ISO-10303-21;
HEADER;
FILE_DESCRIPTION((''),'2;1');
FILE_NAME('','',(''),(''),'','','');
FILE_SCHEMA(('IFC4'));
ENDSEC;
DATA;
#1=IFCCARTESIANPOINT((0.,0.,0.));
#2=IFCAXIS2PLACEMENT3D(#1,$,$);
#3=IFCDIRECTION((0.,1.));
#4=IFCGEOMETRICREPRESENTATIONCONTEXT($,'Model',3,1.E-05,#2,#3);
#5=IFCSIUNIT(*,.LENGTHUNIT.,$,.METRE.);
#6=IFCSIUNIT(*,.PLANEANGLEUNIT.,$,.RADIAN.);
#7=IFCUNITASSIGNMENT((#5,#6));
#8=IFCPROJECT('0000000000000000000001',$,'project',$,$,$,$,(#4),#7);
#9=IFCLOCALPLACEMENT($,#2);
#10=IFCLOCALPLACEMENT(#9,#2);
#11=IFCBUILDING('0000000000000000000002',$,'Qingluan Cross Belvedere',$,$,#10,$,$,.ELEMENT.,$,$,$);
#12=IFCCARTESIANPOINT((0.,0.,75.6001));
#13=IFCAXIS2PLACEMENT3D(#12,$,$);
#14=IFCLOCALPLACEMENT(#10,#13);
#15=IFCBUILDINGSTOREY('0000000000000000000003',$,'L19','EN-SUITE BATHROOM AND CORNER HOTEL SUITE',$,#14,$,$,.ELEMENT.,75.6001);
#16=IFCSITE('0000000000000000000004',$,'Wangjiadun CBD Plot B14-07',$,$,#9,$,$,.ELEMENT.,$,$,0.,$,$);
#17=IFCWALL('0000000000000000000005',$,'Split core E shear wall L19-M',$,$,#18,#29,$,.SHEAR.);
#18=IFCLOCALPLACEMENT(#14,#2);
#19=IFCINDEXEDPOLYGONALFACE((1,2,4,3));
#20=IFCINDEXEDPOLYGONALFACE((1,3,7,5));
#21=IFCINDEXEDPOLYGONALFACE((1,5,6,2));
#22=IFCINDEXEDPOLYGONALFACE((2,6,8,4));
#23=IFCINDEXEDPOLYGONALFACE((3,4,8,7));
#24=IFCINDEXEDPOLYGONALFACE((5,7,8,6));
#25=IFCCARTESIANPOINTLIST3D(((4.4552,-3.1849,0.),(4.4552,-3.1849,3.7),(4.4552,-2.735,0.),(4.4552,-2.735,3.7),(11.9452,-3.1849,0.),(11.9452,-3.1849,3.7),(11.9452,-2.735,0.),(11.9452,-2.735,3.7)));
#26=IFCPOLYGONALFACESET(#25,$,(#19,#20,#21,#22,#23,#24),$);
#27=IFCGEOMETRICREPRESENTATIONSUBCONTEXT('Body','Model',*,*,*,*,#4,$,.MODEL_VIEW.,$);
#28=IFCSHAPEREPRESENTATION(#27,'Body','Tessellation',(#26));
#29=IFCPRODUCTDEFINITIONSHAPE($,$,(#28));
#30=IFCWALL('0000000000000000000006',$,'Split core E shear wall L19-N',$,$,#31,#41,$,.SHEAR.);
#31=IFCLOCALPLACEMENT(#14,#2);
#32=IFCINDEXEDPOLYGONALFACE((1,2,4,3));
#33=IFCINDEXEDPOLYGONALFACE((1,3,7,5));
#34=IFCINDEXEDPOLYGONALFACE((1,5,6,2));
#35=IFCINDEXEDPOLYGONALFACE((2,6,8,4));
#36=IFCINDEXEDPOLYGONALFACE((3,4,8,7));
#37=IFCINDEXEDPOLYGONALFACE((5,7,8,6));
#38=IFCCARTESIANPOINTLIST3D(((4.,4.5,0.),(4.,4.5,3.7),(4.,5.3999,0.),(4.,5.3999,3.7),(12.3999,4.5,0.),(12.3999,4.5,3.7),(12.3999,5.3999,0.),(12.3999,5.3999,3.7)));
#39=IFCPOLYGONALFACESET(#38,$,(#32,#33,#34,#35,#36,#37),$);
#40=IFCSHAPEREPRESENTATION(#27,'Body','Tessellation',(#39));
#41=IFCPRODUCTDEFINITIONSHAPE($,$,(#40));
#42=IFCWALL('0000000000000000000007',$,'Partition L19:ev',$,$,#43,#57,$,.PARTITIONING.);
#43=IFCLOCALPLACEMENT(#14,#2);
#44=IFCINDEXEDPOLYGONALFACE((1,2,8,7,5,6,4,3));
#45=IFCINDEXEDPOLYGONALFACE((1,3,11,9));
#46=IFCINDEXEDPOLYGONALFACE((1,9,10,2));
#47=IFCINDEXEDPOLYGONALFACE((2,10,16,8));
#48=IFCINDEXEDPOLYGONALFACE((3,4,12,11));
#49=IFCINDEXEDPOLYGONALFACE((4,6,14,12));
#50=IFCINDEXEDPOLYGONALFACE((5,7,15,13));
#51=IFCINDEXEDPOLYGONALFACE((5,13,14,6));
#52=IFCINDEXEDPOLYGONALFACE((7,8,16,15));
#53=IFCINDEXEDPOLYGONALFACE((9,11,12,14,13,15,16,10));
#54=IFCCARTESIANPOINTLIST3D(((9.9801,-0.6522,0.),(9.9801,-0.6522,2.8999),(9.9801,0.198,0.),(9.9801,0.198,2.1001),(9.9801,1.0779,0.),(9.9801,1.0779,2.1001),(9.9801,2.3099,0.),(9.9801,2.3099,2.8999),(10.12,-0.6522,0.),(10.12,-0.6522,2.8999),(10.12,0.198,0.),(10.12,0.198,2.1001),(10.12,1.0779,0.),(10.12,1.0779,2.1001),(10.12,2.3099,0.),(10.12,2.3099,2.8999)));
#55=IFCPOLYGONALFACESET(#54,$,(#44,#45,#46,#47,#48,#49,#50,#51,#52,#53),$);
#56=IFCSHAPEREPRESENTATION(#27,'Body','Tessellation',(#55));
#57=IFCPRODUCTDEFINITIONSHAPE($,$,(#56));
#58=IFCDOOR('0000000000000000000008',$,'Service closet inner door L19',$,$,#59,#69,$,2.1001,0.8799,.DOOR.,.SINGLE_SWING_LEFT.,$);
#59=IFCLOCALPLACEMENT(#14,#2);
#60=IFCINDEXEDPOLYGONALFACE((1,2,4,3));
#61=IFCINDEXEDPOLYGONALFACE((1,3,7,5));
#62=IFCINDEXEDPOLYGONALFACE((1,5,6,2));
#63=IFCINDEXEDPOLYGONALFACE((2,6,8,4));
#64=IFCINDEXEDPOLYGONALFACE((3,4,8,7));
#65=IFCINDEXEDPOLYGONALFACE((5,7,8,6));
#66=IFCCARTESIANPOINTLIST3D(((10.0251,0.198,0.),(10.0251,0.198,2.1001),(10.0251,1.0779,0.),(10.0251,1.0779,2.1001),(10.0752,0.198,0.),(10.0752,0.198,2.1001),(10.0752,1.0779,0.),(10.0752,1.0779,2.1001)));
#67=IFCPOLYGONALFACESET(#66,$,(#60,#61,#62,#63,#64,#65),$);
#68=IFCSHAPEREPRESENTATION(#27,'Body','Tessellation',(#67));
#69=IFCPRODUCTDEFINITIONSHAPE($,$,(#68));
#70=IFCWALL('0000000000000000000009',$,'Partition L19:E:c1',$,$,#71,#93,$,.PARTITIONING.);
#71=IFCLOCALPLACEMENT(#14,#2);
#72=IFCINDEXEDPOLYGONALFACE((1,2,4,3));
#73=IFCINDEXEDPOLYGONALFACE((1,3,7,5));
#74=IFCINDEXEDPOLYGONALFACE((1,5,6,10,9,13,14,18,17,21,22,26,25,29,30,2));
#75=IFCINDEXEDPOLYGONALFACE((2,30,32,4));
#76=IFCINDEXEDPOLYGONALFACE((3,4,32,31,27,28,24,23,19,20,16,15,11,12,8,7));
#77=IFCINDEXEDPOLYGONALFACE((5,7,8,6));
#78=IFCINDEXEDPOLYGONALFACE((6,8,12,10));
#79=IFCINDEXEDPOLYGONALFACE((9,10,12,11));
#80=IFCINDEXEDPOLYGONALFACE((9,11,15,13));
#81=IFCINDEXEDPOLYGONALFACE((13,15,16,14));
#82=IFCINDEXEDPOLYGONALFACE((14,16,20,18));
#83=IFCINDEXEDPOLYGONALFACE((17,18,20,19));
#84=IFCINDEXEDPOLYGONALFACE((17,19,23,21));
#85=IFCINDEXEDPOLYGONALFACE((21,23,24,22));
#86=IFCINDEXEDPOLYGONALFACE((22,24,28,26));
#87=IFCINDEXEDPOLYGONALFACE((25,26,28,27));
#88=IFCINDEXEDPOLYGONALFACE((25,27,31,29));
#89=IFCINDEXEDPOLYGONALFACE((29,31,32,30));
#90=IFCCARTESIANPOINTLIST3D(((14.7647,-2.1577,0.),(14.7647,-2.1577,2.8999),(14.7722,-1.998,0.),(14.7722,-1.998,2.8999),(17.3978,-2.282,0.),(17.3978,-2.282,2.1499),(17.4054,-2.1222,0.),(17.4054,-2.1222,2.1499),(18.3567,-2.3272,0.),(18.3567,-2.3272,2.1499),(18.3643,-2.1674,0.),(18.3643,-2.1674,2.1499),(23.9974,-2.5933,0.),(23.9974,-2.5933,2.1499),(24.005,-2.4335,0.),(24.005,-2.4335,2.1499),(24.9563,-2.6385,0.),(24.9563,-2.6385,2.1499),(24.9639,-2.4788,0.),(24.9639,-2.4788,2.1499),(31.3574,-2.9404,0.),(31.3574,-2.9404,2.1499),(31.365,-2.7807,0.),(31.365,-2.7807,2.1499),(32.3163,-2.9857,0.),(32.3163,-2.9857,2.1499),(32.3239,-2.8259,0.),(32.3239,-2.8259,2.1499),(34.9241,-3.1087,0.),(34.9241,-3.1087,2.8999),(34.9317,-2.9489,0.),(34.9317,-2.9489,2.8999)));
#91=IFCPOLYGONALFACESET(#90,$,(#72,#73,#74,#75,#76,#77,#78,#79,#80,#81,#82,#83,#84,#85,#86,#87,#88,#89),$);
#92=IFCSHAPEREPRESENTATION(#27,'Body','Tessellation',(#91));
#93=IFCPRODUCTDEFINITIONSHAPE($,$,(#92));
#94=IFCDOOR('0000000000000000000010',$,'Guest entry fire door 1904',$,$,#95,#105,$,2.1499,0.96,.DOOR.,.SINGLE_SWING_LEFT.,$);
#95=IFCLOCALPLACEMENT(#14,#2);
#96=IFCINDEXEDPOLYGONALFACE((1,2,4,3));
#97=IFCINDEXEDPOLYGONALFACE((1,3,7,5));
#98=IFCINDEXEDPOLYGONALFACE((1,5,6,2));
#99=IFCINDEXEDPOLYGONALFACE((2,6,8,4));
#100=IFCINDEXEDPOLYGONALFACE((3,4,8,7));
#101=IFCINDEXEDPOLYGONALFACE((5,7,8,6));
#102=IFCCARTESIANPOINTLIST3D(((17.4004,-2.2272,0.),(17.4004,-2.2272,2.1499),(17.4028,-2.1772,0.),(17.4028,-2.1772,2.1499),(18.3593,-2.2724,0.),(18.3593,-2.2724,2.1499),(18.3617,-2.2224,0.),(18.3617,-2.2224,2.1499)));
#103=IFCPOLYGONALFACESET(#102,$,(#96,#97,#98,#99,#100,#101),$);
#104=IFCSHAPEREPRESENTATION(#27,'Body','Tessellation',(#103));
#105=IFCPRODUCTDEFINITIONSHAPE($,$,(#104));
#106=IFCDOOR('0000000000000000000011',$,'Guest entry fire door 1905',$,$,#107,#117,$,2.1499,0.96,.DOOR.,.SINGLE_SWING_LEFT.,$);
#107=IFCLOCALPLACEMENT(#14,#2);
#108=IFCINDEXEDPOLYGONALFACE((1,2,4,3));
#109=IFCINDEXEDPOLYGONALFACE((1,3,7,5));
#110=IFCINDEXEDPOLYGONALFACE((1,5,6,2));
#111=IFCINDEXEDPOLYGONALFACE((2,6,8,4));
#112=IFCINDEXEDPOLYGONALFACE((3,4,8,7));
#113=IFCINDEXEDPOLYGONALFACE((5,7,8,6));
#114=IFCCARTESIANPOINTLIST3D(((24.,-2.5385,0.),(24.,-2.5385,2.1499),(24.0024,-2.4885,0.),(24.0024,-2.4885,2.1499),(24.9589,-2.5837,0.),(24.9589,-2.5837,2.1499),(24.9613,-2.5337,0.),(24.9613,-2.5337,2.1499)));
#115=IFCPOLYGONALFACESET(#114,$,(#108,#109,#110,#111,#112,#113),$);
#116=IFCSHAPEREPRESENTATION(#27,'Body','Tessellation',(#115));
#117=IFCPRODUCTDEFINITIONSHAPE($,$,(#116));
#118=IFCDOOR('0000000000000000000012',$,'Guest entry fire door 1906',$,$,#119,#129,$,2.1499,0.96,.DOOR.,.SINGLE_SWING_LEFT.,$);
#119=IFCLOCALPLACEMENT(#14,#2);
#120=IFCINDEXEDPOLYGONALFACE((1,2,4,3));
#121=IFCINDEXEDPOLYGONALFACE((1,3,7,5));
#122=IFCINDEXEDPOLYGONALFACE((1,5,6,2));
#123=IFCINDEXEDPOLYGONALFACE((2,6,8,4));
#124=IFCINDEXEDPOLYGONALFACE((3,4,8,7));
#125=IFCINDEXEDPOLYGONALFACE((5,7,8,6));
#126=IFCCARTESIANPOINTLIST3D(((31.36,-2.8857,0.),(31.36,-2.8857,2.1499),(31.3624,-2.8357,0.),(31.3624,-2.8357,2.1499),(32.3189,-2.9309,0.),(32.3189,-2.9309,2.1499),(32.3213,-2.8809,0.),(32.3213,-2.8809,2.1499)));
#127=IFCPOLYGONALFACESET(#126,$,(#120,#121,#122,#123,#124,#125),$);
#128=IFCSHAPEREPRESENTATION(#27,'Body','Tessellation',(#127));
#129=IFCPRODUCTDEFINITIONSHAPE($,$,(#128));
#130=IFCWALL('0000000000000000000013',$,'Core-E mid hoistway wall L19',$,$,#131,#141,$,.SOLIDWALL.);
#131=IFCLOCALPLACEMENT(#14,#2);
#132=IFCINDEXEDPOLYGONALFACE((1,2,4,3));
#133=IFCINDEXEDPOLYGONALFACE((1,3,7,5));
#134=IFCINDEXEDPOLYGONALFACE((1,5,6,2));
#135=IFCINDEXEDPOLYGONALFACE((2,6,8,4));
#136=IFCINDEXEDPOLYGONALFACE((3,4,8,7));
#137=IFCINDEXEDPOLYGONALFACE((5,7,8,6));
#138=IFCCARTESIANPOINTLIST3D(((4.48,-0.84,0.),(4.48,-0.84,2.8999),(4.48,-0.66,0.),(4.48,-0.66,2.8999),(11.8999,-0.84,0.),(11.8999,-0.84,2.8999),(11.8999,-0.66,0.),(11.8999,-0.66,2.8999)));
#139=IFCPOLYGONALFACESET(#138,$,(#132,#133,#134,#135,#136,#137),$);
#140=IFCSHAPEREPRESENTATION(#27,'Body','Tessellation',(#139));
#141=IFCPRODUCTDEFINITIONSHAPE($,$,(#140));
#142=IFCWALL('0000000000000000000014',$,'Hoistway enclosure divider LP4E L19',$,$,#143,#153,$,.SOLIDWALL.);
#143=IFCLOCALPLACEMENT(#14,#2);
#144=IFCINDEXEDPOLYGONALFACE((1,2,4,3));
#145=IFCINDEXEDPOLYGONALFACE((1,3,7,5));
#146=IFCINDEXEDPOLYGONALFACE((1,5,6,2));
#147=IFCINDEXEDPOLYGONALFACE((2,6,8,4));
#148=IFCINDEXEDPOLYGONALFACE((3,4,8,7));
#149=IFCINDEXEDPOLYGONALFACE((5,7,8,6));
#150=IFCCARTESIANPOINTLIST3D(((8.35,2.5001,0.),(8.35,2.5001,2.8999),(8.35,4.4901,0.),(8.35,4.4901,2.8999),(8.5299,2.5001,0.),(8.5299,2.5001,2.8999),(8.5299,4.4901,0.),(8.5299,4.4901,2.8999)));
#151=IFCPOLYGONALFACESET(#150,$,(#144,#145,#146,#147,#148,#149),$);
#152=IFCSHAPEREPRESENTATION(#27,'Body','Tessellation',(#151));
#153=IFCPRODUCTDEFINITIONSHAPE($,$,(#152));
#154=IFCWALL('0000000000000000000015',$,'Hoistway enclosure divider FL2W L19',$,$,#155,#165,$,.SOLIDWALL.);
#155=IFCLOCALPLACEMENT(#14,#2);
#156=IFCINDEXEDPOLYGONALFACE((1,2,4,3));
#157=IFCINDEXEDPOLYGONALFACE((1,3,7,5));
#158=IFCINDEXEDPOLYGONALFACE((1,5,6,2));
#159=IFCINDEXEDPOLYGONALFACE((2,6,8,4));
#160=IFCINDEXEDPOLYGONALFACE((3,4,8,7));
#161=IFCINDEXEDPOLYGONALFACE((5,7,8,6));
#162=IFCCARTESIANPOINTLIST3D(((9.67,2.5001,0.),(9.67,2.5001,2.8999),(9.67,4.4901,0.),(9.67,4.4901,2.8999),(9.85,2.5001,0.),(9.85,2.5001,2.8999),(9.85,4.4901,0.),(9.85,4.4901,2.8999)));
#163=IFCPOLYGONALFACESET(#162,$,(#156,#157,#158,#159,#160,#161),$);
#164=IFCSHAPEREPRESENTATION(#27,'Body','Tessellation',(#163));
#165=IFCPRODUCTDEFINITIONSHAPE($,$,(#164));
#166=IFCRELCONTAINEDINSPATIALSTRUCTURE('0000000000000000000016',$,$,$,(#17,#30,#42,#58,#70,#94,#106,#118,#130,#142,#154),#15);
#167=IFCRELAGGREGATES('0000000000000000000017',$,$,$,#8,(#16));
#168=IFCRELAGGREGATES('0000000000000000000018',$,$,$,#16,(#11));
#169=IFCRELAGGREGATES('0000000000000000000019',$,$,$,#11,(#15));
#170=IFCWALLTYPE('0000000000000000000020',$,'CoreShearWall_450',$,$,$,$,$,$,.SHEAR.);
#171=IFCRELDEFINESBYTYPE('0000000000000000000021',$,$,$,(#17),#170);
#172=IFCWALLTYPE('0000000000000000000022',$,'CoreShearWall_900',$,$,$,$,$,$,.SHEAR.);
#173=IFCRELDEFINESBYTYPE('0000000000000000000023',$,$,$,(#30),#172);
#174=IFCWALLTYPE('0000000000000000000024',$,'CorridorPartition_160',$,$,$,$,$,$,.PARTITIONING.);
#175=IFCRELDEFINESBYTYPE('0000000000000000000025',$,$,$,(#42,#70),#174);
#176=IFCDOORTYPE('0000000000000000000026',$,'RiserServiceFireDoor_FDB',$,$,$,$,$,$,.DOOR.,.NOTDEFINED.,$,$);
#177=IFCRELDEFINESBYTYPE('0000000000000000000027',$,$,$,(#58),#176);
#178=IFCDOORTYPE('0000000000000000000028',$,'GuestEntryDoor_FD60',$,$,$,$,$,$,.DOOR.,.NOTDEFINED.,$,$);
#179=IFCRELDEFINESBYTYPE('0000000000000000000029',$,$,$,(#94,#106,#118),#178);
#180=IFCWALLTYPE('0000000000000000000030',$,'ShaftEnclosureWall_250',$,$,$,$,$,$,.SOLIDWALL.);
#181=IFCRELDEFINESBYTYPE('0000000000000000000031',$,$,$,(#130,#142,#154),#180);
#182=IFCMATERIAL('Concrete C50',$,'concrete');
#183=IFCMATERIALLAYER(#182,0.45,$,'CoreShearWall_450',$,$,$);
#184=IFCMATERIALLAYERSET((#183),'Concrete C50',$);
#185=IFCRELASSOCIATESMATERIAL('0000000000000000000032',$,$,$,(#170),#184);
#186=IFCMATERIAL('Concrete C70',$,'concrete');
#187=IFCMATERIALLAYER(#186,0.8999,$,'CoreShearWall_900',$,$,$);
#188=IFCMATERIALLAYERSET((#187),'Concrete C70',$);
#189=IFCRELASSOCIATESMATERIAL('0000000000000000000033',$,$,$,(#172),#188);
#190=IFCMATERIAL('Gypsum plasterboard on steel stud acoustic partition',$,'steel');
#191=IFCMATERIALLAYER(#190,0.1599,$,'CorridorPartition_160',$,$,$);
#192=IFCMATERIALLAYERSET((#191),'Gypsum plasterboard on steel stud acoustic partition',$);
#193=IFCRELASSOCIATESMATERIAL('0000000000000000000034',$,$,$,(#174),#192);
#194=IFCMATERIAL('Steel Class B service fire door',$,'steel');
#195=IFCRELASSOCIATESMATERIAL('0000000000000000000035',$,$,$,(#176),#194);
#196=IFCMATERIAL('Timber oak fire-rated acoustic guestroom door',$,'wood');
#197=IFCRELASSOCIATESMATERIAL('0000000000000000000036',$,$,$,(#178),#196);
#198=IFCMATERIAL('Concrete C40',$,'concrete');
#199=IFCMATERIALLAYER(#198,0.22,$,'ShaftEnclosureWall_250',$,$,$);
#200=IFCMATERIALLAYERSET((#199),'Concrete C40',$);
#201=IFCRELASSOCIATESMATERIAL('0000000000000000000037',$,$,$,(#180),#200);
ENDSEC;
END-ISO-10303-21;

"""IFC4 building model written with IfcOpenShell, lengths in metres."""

from ifc_helpers import new_model, si_unit, direction, frame, frame_2d, origin, place, context, subcontext, project, spatial, rectangle, extrude, material, layer, layer_set, type_object, element, fill, save


model = new_model("IFC4")

# Units and contexts
model_context = context("Model", 3, precision=1e-05, world=origin(), true_north=direction((0.0, 1.0)))
body_context = subcontext(model_context, "Body", "Model", "MODEL_VIEW")
ifc_project = project(units=[si_unit("LENGTHUNIT", "METRE"), si_unit("PLANEANGLEUNIT", "RADIAN")], contexts=[model_context])

# Site, building, storey
site_placement = place(None, origin())
site = spatial("IfcSite", under=ifc_project, at=site_placement, Name="Wangjiadun CBD Plot B14-07", CompositionType="ELEMENT", RefElevation=0.0)
building_placement = place(site_placement, origin())
building = spatial("IfcBuilding", under=site, at=building_placement, Name="Qingluan Cross Belvedere", CompositionType="ELEMENT")
storey_placement = place(building_placement, frame((0.0, 0.0, 75.6001)))
storey = spatial("IfcBuildingStorey", under=building, at=storey_placement, Name="L19", Description="EN-SUITE BATHROOM AND CORNER HOTEL SUITE", CompositionType="ELEMENT", Elevation=75.6001)

# Walls
ifc_material_1 = material(Name="Concrete C50", Category="concrete")
ifc_layer_1 = layer(ifc_material_1, 0.45, Name="CoreShearWall_450")
ifc_layer_set_1 = layer_set([ifc_layer_1], Name="Concrete C50")
wall_type_1 = type_object("IfcWallType", Name="CoreShearWall_450", PredefinedType="SHEAR", material=ifc_layer_set_1)
wall_1_placement = place(storey_placement, frame((4.4551, -2.96, 0.0), z_axis=(0.0, 0.0, 1.0), x_axis=(1.0, 0.0, 0.0)))
element("IfcWall", 1, at=wall_1_placement, inside=storey, type_object=wall_type_1, Name="Split core E shear wall L19-M", PredefinedType="SHEAR", context=body_context, shape_type="SweptSolid", body=[
    extrude(rectangle(XDim=7.49, YDim=0.45, at=frame_2d((3.7451, 0.0))), origin(), (0.0, 0.0, 1.0), 3.7),
])
ifc_material_2 = material(Name="Concrete C70", Category="concrete")
ifc_layer_2 = layer(ifc_material_2, 0.8999, Name="CoreShearWall_900")
ifc_layer_set_2 = layer_set([ifc_layer_2], Name="Concrete C70")
wall_type_2 = type_object("IfcWallType", Name="CoreShearWall_900", PredefinedType="SHEAR", material=ifc_layer_set_2)
wall_2_placement = place(storey_placement, frame((4.0, 4.95, 0.0), z_axis=(0.0, 0.0, 1.0), x_axis=(1.0, 0.0, 0.0)))
element("IfcWall", 2, at=wall_2_placement, inside=storey, type_object=wall_type_2, Name="Split core E shear wall L19-N", PredefinedType="SHEAR", context=body_context, shape_type="SweptSolid", body=[
    extrude(rectangle(XDim=8.3999, YDim=0.8999, at=frame_2d((4.2, 0.0))), origin(), (0.0, 0.0, 1.0), 3.7),
])

# Wall, opening, door
ifc_material_3 = material(Name="Gypsum plasterboard on steel stud acoustic partition", Category="steel")
ifc_layer_3 = layer(ifc_material_3, 0.1599, Name="CorridorPartition_160")
ifc_layer_set_3 = layer_set([ifc_layer_3], Name="Gypsum plasterboard on steel stud acoustic partition")
wall_type_3 = type_object("IfcWallType", Name="CorridorPartition_160", PredefinedType="PARTITIONING", material=ifc_layer_set_3)
wall_3_placement = place(storey_placement, frame((10.05, -0.6521, 0.0), z_axis=(0.0, 0.0, 1.0), x_axis=(0.0, 1.0, 0.0)))
wall_3 = element("IfcWall", 3, at=wall_3_placement, inside=storey, type_object=wall_type_3, Name="Partition L19:ev", PredefinedType="PARTITIONING", context=body_context, shape_type="SweptSolid", body=[
    extrude(rectangle(XDim=2.9622, YDim=0.1399, at=frame_2d((1.481, 0.0))), origin(), (0.0, 0.0, 1.0), 2.8999),
])
opening_1_placement = place(wall_3_placement, frame((0.8501, 0.0, 0.0)))
opening_1 = element("IfcOpeningElement", 4, at=opening_1_placement, cuts=wall_3, PredefinedType="OPENING", context=body_context, shape_type="SweptSolid", body=[
    extrude(rectangle(XDim=0.8799, YDim=2.1001, at=frame_2d((0.4399, 1.05))), frame((0.0, 0.0798, 0.0), z_axis=(0.0, -1.0, 0.0), x_axis=(1.0, 0.0, 0.0)), (0.0, 0.0, 1.0), 0.1599),
])
ifc_material_4 = material(Name="Steel Class B service fire door", Category="steel")
door_type_1 = type_object("IfcDoorType", Name="RiserServiceFireDoor_FDB", OperationType="NOTDEFINED", PredefinedType="DOOR", material=ifc_material_4)
door_1_placement = place(opening_1_placement, origin())
door_1 = element("IfcDoor", 5, at=door_1_placement, inside=storey, type_object=door_type_1, Name="Service closet inner door L19", OperationType="SINGLE_SWING_LEFT", OverallHeight=2.1001, OverallWidth=0.8799, PredefinedType="DOOR", context=body_context, shape_type="SweptSolid", body=[
    extrude(rectangle(XDim=0.8799, YDim=2.1001, at=frame_2d((0.4399, 1.05))), frame((0.0, 0.0249, 0.0), z_axis=(0.0, -1.0, 0.0), x_axis=(1.0, 0.0, 0.0)), (0.0, 0.0, 1.0), 0.05),
])
fill(opening_1, door_1)

# Wall, openings, doors
wall_4_placement = place(storey_placement, frame((14.7686, -2.0779, 0.0), z_axis=(0.0, 0.0, 1.0), x_axis=(0.998889, -0.047118, 0.0)))
wall_4 = element("IfcWall", 6, at=wall_4_placement, inside=storey, type_object=wall_type_3, Name="Partition L19:E:c1", PredefinedType="PARTITIONING", context=body_context, shape_type="SweptSolid", body=[
    extrude(rectangle(XDim=20.1819, YDim=0.1599, at=frame_2d((10.0908, 0.0))), origin(), (0.0, 0.0, 1.0), 2.8999),
])
opening_2_placement = place(wall_4_placement, frame((2.636, 0.0, 0.0)))
opening_2 = element("IfcOpeningElement", 7, at=opening_2_placement, cuts=wall_4, PredefinedType="OPENING", context=body_context, shape_type="SweptSolid", body=[
    extrude(rectangle(XDim=0.96, YDim=2.1499, at=frame_2d((0.48, 1.075))), frame((0.0, 0.0898, 0.0), z_axis=(0.0, -1.0, 0.0), x_axis=(1.0, 0.0, 0.0)), (0.0, 0.0, 1.0), 0.1799),
])
opening_3_placement = place(wall_4_placement, frame((9.2429, 0.0, 0.0)))
opening_3 = element("IfcOpeningElement", 8, at=opening_3_placement, cuts=wall_4, PredefinedType="OPENING", context=body_context, shape_type="SweptSolid", body=[
    extrude(rectangle(XDim=0.96, YDim=2.1499, at=frame_2d((0.48, 1.075))), frame((0.0, 0.0898, 0.0), z_axis=(0.0, -1.0, 0.0), x_axis=(1.0, 0.0, 0.0)), (0.0, 0.0, 1.0), 0.1799),
])
opening_4_placement = place(wall_4_placement, frame((16.6111, 0.0, 0.0)))
opening_4 = element("IfcOpeningElement", 9, at=opening_4_placement, cuts=wall_4, PredefinedType="OPENING", context=body_context, shape_type="SweptSolid", body=[
    extrude(rectangle(XDim=0.96, YDim=2.1499, at=frame_2d((0.48, 1.075))), frame((0.0, 0.0898, 0.0), z_axis=(0.0, -1.0, 0.0), x_axis=(1.0, 0.0, 0.0)), (0.0, 0.0, 1.0), 0.1799),
])
ifc_material_5 = material(Name="Timber oak fire-rated acoustic guestroom door", Category="wood")
door_type_2 = type_object("IfcDoorType", Name="GuestEntryDoor_FD60", OperationType="NOTDEFINED", PredefinedType="DOOR", material=ifc_material_5)
door_2_placement = place(opening_2_placement, origin())
door_2 = element("IfcDoor", 10, at=door_2_placement, inside=storey, type_object=door_type_2, Name="Guest entry fire door 1904", OperationType="SINGLE_SWING_LEFT", OverallHeight=2.1499, OverallWidth=0.96, PredefinedType="DOOR", context=body_context, shape_type="SweptSolid", body=[
    extrude(rectangle(XDim=0.96, YDim=2.1499, at=frame_2d((0.48, 1.075))), frame((0.0, 0.0249, 0.0), z_axis=(0.0, -1.0, 0.0), x_axis=(1.0, 0.0, 0.0)), (0.0, 0.0, 1.0), 0.05),
])
fill(opening_2, door_2)
door_3_placement = place(opening_3_placement, origin())
door_3 = element("IfcDoor", 11, at=door_3_placement, inside=storey, type_object=door_type_2, Name="Guest entry fire door 1905", OperationType="SINGLE_SWING_LEFT", OverallHeight=2.1499, OverallWidth=0.96, PredefinedType="DOOR", context=body_context, shape_type="SweptSolid", body=[
    extrude(rectangle(XDim=0.96, YDim=2.1499, at=frame_2d((0.48, 1.075))), frame((0.0, 0.0249, 0.0), z_axis=(0.0, -1.0, 0.0), x_axis=(1.0, 0.0, 0.0)), (0.0, 0.0, 1.0), 0.05),
])
fill(opening_3, door_3)
door_4_placement = place(opening_4_placement, origin())
door_4 = element("IfcDoor", 12, at=door_4_placement, inside=storey, type_object=door_type_2, Name="Guest entry fire door 1906", OperationType="SINGLE_SWING_LEFT", OverallHeight=2.1499, OverallWidth=0.96, PredefinedType="DOOR", context=body_context, shape_type="SweptSolid", body=[
    extrude(rectangle(XDim=0.96, YDim=2.1499, at=frame_2d((0.48, 1.075))), frame((0.0, 0.0249, 0.0), z_axis=(0.0, -1.0, 0.0), x_axis=(1.0, 0.0, 0.0)), (0.0, 0.0, 1.0), 0.05),
])
fill(opening_4, door_4)
ifc_material_6 = material(Name="Concrete C40", Category="concrete")
ifc_layer_4 = layer(ifc_material_6, 0.22, Name="ShaftEnclosureWall_250")
ifc_layer_set_4 = layer_set([ifc_layer_4], Name="Concrete C40")
wall_type_4 = type_object("IfcWallType", Name="ShaftEnclosureWall_250", PredefinedType="SOLIDWALL", material=ifc_layer_set_4)

# Walls
wall_5_placement = place(storey_placement, frame((4.48, -0.75, 0.0), z_axis=(0.0, 0.0, 1.0), x_axis=(1.0, 0.0, 0.0)))
element("IfcWall", 13, at=wall_5_placement, inside=storey, type_object=wall_type_4, Name="Core-E mid hoistway wall L19", PredefinedType="SOLIDWALL", context=body_context, shape_type="SweptSolid", body=[
    extrude(rectangle(XDim=7.4199, YDim=0.1799, at=frame_2d((3.71, 0.0))), origin(), (0.0, 0.0, 1.0), 2.8999),
])
for number, where, z_axis, x_axis, name in (
    (14, (8.4399, 2.5, 0.0), (0.0, 0.0, 1.0), (0.0, 1.0, 0.0), "Hoistway enclosure divider LP4E L19"),
    (15, (9.76, 2.5, 0.0), (0.0, 0.0, 1.0), (0.0, 1.0, 0.0), "Hoistway enclosure divider FL2W L19"),
):
    element("IfcWall", number, at=place(storey_placement, frame(where, z_axis=z_axis, x_axis=x_axis)), inside=storey, type_object=wall_type_4, Name=name, PredefinedType="SOLIDWALL", context=body_context, shape_type="SweptSolid", body=[
        extrude(rectangle(XDim=1.99, YDim=0.1799, at=frame_2d((0.9951, 0.0))), origin(), (0.0, 0.0, 1.0), 2.8999),
    ])

save(model, "model.ifc")
